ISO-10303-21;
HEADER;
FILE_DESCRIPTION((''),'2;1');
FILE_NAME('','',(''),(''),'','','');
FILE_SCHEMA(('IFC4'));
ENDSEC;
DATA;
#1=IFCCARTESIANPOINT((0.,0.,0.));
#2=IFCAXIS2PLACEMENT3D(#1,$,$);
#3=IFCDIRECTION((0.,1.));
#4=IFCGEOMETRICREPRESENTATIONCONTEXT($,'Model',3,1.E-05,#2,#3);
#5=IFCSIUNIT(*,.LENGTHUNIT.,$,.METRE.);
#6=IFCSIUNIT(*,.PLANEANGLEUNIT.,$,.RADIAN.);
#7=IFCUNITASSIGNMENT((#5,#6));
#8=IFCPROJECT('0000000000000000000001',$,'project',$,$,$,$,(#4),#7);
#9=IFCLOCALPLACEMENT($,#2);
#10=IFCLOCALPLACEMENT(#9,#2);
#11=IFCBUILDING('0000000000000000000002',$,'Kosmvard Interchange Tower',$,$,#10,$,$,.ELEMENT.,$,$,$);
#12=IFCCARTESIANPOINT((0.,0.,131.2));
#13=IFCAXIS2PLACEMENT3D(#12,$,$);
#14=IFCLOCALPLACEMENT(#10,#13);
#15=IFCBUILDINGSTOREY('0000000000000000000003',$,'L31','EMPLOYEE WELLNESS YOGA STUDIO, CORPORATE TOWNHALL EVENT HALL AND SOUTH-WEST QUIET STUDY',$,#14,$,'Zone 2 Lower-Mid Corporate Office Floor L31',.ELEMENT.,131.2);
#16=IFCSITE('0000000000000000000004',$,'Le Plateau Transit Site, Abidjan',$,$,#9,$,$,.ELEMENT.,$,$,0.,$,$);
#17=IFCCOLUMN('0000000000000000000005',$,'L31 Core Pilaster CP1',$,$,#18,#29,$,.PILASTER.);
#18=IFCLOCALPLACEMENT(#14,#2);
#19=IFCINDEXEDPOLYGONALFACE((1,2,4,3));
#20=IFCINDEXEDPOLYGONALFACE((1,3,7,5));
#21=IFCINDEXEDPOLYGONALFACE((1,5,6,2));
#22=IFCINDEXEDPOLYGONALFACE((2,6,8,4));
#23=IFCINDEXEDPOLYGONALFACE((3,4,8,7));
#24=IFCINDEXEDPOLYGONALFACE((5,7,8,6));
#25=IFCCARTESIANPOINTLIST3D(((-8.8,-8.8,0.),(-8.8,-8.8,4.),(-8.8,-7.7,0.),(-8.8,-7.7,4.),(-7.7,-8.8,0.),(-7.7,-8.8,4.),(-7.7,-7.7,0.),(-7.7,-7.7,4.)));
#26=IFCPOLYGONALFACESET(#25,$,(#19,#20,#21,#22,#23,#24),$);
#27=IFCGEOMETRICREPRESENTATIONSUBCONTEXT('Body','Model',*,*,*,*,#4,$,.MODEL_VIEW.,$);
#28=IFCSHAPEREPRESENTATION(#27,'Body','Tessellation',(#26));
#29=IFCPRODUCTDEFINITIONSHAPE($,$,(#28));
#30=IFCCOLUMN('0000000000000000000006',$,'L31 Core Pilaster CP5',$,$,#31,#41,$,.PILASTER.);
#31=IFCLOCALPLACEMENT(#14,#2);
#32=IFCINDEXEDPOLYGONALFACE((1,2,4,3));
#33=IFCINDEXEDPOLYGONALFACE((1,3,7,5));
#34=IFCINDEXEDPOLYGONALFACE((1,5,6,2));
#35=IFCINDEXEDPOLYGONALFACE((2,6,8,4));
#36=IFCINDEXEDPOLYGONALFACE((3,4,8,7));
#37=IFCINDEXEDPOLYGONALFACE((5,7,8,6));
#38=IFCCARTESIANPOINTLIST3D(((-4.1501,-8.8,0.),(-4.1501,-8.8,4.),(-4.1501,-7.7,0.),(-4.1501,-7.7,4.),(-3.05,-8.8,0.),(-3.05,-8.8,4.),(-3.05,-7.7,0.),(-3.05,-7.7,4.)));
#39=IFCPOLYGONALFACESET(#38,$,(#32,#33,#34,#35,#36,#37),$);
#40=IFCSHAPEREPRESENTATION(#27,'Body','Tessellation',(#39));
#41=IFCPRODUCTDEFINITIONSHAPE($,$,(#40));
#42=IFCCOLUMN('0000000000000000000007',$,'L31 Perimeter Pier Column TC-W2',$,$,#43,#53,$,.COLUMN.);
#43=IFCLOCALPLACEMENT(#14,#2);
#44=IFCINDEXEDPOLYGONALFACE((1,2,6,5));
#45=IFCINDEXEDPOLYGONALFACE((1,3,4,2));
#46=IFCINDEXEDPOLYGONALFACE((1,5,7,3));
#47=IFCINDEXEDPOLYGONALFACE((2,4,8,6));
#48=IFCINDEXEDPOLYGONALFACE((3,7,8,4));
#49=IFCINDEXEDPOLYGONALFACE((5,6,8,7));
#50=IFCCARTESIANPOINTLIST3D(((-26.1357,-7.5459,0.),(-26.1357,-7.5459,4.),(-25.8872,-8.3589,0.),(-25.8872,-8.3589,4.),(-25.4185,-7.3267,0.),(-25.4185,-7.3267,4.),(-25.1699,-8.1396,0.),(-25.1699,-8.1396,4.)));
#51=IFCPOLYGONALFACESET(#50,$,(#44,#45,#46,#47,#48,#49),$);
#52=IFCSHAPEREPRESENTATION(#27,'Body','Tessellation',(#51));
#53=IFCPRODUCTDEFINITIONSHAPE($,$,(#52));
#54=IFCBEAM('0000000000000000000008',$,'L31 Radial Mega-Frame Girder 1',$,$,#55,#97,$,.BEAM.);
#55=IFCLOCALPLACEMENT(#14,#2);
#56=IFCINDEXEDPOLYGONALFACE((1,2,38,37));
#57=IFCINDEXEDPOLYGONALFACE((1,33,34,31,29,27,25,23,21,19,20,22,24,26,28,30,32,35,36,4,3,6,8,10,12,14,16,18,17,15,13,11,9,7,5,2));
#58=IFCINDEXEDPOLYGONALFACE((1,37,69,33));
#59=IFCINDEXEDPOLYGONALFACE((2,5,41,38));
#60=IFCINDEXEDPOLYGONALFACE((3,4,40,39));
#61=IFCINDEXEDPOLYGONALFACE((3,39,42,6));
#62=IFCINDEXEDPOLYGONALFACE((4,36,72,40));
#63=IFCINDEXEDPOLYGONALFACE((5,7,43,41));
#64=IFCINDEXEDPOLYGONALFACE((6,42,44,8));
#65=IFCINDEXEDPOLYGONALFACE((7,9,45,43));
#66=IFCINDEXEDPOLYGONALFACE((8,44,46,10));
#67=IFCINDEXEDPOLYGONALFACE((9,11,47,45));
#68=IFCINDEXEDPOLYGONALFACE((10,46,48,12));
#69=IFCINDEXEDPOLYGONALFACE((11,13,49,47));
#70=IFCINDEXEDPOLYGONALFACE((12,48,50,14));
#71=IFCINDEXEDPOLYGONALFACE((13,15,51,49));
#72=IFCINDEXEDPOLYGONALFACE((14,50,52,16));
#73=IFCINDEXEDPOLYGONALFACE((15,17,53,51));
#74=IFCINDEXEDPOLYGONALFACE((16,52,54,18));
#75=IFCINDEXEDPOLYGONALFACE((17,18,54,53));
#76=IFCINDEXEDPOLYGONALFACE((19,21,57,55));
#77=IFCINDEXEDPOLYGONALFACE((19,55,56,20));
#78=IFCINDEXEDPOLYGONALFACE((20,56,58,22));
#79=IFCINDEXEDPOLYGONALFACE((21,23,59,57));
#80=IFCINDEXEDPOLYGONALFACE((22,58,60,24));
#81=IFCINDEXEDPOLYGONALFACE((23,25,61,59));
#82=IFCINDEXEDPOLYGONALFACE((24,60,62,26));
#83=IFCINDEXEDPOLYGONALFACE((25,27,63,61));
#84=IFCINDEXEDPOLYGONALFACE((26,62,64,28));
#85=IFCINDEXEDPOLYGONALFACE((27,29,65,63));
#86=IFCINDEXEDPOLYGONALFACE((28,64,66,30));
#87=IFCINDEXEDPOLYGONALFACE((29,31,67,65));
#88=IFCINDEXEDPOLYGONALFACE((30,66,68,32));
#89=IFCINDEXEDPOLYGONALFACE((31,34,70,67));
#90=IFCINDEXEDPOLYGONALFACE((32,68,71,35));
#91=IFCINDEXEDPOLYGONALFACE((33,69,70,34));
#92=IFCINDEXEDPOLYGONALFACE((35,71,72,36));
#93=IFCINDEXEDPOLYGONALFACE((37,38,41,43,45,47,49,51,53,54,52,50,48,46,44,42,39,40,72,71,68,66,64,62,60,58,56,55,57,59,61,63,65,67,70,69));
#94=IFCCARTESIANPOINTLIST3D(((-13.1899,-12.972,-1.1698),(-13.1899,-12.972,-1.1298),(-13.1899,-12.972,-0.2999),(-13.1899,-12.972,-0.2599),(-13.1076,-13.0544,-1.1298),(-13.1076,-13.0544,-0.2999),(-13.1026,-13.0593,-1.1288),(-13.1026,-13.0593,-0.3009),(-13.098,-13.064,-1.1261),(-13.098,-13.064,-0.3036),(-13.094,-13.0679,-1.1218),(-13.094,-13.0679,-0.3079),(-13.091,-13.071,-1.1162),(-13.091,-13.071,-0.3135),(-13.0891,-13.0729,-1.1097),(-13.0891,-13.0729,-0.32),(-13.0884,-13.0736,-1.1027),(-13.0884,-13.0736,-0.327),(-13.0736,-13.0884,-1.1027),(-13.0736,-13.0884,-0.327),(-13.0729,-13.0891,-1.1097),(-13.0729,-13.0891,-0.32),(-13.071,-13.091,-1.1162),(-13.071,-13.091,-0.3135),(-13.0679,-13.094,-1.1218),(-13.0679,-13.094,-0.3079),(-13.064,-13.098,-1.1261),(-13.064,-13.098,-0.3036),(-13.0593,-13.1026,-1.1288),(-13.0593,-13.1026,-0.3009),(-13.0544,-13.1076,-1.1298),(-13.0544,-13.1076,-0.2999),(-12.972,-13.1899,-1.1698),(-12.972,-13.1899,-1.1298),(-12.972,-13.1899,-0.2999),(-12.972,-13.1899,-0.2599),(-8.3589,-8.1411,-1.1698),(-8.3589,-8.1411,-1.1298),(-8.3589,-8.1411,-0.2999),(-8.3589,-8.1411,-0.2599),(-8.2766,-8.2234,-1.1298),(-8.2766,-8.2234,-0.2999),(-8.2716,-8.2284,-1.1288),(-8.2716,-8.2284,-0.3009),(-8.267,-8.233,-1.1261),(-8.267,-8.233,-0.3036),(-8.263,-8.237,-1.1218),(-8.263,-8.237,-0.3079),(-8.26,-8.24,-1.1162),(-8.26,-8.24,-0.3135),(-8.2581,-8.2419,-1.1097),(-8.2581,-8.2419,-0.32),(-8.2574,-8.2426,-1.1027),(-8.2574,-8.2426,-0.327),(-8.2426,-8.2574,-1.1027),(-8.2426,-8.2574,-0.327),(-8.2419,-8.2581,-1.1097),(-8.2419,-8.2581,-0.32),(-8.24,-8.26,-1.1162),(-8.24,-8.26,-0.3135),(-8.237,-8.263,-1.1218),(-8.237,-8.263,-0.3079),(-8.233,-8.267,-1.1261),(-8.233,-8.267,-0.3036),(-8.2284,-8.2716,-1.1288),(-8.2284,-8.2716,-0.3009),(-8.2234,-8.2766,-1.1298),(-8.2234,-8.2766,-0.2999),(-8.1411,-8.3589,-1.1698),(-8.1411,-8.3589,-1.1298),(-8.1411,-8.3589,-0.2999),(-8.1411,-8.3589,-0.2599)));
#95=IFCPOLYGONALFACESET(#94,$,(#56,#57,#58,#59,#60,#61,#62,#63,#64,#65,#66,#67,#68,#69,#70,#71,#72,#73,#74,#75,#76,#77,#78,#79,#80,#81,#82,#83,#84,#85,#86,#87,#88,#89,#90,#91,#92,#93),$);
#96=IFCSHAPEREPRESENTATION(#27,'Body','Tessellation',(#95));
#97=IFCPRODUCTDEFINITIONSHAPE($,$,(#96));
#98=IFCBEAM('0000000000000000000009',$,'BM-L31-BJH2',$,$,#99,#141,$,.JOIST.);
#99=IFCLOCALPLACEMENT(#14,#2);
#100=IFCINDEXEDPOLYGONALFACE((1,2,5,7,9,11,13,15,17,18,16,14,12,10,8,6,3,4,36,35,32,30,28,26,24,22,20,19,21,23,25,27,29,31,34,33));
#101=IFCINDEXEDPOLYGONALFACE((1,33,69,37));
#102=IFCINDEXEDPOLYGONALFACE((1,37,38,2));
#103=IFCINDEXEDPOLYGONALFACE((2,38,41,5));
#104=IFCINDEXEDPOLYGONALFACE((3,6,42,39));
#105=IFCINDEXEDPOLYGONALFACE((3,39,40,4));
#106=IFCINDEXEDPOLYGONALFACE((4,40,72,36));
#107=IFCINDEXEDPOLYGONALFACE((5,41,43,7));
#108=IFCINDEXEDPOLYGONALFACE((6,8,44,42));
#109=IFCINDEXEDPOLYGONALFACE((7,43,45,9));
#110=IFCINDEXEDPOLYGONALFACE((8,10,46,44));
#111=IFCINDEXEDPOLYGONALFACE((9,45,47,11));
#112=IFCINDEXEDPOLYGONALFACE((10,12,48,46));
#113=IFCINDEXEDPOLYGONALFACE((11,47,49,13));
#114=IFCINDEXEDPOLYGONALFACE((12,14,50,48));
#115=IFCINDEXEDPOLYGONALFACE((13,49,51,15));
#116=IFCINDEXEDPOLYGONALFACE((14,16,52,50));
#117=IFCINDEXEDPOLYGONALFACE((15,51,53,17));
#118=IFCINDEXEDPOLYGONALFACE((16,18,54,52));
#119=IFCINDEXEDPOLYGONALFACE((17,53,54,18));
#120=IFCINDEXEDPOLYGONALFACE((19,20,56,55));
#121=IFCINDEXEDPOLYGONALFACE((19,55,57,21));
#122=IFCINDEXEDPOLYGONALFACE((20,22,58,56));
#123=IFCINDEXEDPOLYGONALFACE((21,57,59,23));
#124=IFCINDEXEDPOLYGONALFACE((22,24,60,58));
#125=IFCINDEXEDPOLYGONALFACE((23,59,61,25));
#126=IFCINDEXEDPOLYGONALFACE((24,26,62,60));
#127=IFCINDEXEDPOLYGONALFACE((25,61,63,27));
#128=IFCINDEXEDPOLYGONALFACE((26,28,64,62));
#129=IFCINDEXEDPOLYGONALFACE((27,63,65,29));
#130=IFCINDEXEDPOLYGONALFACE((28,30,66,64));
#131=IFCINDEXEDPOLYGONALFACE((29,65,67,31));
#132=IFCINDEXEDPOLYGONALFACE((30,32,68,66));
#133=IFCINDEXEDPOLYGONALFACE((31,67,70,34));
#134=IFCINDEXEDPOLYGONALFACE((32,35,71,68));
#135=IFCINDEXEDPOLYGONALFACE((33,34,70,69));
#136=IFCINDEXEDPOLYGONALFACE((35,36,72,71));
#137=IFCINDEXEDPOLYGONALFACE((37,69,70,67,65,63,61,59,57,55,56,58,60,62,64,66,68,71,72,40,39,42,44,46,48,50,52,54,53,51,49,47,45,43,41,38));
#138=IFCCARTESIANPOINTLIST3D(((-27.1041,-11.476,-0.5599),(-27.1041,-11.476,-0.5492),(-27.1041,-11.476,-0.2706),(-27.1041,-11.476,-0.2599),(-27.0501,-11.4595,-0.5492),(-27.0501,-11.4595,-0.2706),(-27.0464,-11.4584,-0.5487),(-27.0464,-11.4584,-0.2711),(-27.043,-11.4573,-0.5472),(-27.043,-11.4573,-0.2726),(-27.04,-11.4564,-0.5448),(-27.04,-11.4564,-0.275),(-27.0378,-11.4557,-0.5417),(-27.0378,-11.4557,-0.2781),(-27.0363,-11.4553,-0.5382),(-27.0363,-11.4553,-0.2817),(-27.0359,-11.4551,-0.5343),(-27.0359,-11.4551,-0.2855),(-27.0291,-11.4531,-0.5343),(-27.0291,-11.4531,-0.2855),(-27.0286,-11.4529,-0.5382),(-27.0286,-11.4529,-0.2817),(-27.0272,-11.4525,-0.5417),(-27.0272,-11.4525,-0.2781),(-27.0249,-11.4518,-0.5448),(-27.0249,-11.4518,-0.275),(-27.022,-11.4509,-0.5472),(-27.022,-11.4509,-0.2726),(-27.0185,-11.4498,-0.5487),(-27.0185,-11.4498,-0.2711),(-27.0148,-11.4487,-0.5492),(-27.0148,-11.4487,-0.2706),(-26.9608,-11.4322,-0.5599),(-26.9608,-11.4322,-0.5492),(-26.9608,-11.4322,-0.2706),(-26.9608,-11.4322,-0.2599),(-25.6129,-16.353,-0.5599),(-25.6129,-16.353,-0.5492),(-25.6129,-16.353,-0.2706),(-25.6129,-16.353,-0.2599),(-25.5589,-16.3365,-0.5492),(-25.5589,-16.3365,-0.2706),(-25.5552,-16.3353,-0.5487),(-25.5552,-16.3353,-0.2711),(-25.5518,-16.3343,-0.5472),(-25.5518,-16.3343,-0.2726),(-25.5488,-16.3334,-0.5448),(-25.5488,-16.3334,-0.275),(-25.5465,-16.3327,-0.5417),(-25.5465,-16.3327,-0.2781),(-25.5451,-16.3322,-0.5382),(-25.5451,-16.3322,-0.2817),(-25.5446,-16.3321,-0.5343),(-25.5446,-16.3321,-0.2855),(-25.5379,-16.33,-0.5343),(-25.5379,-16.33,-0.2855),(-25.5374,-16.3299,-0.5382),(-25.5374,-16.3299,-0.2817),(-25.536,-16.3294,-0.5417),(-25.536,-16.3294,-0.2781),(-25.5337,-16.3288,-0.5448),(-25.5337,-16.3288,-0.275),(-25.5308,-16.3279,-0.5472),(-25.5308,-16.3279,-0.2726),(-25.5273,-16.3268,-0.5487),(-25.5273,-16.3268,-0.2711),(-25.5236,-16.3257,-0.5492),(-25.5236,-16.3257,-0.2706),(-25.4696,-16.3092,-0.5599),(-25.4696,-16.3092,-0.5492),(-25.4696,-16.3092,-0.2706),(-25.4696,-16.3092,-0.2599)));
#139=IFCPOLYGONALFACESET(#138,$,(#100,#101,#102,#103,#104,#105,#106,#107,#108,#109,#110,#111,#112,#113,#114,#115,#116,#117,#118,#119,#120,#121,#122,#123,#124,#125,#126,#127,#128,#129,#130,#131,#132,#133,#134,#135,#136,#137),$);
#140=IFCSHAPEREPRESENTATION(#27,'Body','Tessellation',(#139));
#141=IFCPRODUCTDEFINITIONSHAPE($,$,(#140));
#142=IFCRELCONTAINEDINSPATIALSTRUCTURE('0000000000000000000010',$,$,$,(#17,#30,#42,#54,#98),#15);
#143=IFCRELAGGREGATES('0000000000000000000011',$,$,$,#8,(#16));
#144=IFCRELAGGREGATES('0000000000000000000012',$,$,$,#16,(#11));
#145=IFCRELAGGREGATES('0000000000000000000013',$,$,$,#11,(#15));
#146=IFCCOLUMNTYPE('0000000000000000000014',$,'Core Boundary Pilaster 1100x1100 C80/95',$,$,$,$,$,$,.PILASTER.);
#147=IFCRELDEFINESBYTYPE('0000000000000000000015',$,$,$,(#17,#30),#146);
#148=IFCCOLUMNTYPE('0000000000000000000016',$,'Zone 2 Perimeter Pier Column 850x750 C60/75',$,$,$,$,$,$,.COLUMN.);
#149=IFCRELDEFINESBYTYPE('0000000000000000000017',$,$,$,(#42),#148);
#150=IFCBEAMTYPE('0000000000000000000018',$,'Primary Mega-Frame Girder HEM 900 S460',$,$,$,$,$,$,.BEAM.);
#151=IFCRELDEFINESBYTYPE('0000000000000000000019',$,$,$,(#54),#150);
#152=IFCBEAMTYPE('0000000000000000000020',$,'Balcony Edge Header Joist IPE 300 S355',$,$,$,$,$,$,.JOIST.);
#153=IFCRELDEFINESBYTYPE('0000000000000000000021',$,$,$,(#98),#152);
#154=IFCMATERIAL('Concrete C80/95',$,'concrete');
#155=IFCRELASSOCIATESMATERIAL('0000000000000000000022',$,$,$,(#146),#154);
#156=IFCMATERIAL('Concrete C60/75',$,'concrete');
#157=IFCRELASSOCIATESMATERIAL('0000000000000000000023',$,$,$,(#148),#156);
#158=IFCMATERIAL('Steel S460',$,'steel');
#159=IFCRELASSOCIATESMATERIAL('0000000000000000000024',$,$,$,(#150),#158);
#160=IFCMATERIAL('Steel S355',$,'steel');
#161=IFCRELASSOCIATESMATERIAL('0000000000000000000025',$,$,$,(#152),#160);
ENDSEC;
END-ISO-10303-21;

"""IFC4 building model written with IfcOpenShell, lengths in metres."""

from ifc_helpers import new_model, si_unit, direction, frame, origin, origin_2d, place, context, subcontext, project, spatial, rectangle, i_section, extrude, source, transform, mapped, material, material_profile, profile_set, type_object, element, save


model = new_model("IFC4")

# Units and contexts
model_context = context("Model", 3, precision=1e-05, world=origin(), true_north=direction((0.0, 1.0)))
body_context = subcontext(model_context, "Body", "Model", "MODEL_VIEW")
ifc_project = project(units=[si_unit("LENGTHUNIT", "METRE"), si_unit("PLANEANGLEUNIT", "RADIAN")], contexts=[model_context])

# Site, building, storey
site_placement = place(None, origin())
site = spatial("IfcSite", under=ifc_project, at=site_placement, Name="Le Plateau Transit Site, Abidjan", CompositionType="ELEMENT", RefElevation=0.0)
building_placement = place(site_placement, origin())
building = spatial("IfcBuilding", under=site, at=building_placement, Name="Kosmvard Interchange Tower", CompositionType="ELEMENT")
storey_placement = place(building_placement, frame((0.0, 0.0, 131.2)))
storey = spatial("IfcBuildingStorey", under=building, at=storey_placement, Name="L31", Description="EMPLOYEE WELLNESS YOGA STUDIO, CORPORATE TOWNHALL EVENT HALL AND SOUTH-WEST QUIET STUDY", LongName="Zone 2 Lower-Mid Corporate Office Floor L31", CompositionType="ELEMENT", Elevation=131.2)

# Columns
ifc_material_1 = material(Name="Concrete C80/95", Category="concrete")
ifc_material_profile_1 = material_profile(ifc_material_1, rectangle(XDim=1.1001, YDim=1.1001, at=origin_2d()), Name="CP 1100x1100")
ifc_profile_set_1 = profile_set([ifc_material_profile_1], Name="Concrete C80/95")
column_type_1 = type_object("IfcColumnType", Name="Core Boundary Pilaster 1100x1100 C80/95", PredefinedType="PILASTER", material=ifc_profile_set_1)
shared_shape_1 = source(origin(), body_context, "Body", "SweptSolid", [
    extrude(rectangle(XDim=1.1001, YDim=1.1001, at=origin_2d()), origin(), (0.0, 0.0, 1.0), 4.0),
])
for number, where, z_axis, x_axis, name in (
    (1, (-8.25, -8.25, 0.0), (0.0, 0.0, 1.0), (1.0, 0.0, 0.0), "L31 Core Pilaster CP1"),
    (2, (-3.6001, -8.25, 0.0), (0.0, 0.0, 1.0), (1.0, 0.0, 0.0), "L31 Core Pilaster CP5"),
):
    element("IfcColumn", number, at=place(storey_placement, frame(where, z_axis=z_axis, x_axis=x_axis)), inside=storey, type_object=column_type_1, Name=name, PredefinedType="PILASTER", context=body_context, shape_type="MappedRepresentation", body=[
        mapped(shared_shape_1, transform((0.0, 0.0, 0.0), scale=1.0)),
    ])
ifc_material_2 = material(Name="Concrete C60/75", Category="concrete")
ifc_material_profile_2 = material_profile(ifc_material_2, rectangle(XDim=0.75, YDim=0.8501, at=origin_2d()), Name="TC 850x750")
ifc_profile_set_2 = profile_set([ifc_material_profile_2], Name="Concrete C60/75")
column_type_2 = type_object("IfcColumnType", Name="Zone 2 Perimeter Pier Column 850x750 C60/75", PredefinedType="COLUMN", material=ifc_profile_set_2)
shared_shape_2 = source(origin(), body_context, "Body", "SweptSolid", [
    extrude(rectangle(XDim=0.75, YDim=0.8501, at=origin_2d()), origin(), (0.0, 0.0, 1.0), 4.0),
])
column_placement = place(storey_placement, frame((-25.6528, -7.8428, 0.0), z_axis=(0.0, 0.0, 1.0), x_axis=(0.956305, 0.292372, 0.0)))
element("IfcColumn", 3, at=column_placement, inside=storey, type_object=column_type_2, Name="L31 Perimeter Pier Column TC-W2", PredefinedType="COLUMN", context=body_context, shape_type="MappedRepresentation", body=[
    mapped(shared_shape_2, transform((0.0, 0.0, 0.0), scale=1.0)),
])

# Beams
ifc_material_3 = material(Name="Steel S460", Category="steel")
ifc_material_profile_3 = material_profile(ifc_material_3, i_section(OverallWidth=0.3081, OverallDepth=0.9099, WebThickness=0.021, FlangeThickness=0.04, FilletRadius=0.0271, at=origin_2d()), Name="HEM 900")
ifc_profile_set_3 = profile_set([ifc_material_profile_3], Name="Steel S460")
beam_type_1 = type_object("IfcBeamType", Name="Primary Mega-Frame Girder HEM 900 S460", PredefinedType="BEAM", material=ifc_profile_set_3)
shared_shape_3 = source(origin(), body_context, "Body", "SweptSolid", [
    extrude(i_section(OverallWidth=0.3081, OverallDepth=0.9099, WebThickness=0.021, FlangeThickness=0.04, FilletRadius=0.0271, at=origin_2d()), origin(), (0.0, 0.0, 1.0), 6.832),
])
beam_1_placement = place(storey_placement, frame((-8.25, -8.25, -0.7148), z_axis=(-0.707107, -0.707107, 0.0), x_axis=(0.707107, -0.707107, 0.0)))
element("IfcBeam", 4, at=beam_1_placement, inside=storey, type_object=beam_type_1, Name="L31 Radial Mega-Frame Girder 1", PredefinedType="BEAM", context=body_context, shape_type="MappedRepresentation", body=[
    mapped(shared_shape_3, transform((0.0, 0.0, 0.0), scale=1.0)),
])
ifc_material_4 = material(Name="Steel S355", Category="steel")
ifc_material_profile_4 = material_profile(ifc_material_4, i_section(OverallWidth=0.1499, OverallDepth=0.3, WebThickness=0.0071, FlangeThickness=0.0107, FilletRadius=0.0149, at=origin_2d()), Name="IPE 300")
ifc_profile_set_4 = profile_set([ifc_material_profile_4], Name="Steel S355")
beam_type_2 = type_object("IfcBeamType", Name="Balcony Edge Header Joist IPE 300 S355", PredefinedType="JOIST", material=ifc_profile_set_4)
shared_shape_4 = source(origin(), body_context, "Body", "SweptSolid", [
    extrude(i_section(OverallWidth=0.1499, OverallDepth=0.3, WebThickness=0.0071, FlangeThickness=0.0107, FilletRadius=0.0149, at=origin_2d()), origin(), (0.0, 0.0, 1.0), 5.0999),
])
beam_2_placement = place(storey_placement, frame((-27.0325, -11.4541, -0.4099), z_axis=(0.292403, -0.956295, 0.0), x_axis=(0.956295, 0.292403, 0.0)))
element("IfcBeam", 5, at=beam_2_placement, inside=storey, type_object=beam_type_2, Name="BM-L31-BJH2", PredefinedType="JOIST", context=body_context, shape_type="MappedRepresentation", body=[
    mapped(shared_shape_4, transform((0.0, 0.0, 0.0), scale=1.0)),
])

save(model, "model.ifc")
